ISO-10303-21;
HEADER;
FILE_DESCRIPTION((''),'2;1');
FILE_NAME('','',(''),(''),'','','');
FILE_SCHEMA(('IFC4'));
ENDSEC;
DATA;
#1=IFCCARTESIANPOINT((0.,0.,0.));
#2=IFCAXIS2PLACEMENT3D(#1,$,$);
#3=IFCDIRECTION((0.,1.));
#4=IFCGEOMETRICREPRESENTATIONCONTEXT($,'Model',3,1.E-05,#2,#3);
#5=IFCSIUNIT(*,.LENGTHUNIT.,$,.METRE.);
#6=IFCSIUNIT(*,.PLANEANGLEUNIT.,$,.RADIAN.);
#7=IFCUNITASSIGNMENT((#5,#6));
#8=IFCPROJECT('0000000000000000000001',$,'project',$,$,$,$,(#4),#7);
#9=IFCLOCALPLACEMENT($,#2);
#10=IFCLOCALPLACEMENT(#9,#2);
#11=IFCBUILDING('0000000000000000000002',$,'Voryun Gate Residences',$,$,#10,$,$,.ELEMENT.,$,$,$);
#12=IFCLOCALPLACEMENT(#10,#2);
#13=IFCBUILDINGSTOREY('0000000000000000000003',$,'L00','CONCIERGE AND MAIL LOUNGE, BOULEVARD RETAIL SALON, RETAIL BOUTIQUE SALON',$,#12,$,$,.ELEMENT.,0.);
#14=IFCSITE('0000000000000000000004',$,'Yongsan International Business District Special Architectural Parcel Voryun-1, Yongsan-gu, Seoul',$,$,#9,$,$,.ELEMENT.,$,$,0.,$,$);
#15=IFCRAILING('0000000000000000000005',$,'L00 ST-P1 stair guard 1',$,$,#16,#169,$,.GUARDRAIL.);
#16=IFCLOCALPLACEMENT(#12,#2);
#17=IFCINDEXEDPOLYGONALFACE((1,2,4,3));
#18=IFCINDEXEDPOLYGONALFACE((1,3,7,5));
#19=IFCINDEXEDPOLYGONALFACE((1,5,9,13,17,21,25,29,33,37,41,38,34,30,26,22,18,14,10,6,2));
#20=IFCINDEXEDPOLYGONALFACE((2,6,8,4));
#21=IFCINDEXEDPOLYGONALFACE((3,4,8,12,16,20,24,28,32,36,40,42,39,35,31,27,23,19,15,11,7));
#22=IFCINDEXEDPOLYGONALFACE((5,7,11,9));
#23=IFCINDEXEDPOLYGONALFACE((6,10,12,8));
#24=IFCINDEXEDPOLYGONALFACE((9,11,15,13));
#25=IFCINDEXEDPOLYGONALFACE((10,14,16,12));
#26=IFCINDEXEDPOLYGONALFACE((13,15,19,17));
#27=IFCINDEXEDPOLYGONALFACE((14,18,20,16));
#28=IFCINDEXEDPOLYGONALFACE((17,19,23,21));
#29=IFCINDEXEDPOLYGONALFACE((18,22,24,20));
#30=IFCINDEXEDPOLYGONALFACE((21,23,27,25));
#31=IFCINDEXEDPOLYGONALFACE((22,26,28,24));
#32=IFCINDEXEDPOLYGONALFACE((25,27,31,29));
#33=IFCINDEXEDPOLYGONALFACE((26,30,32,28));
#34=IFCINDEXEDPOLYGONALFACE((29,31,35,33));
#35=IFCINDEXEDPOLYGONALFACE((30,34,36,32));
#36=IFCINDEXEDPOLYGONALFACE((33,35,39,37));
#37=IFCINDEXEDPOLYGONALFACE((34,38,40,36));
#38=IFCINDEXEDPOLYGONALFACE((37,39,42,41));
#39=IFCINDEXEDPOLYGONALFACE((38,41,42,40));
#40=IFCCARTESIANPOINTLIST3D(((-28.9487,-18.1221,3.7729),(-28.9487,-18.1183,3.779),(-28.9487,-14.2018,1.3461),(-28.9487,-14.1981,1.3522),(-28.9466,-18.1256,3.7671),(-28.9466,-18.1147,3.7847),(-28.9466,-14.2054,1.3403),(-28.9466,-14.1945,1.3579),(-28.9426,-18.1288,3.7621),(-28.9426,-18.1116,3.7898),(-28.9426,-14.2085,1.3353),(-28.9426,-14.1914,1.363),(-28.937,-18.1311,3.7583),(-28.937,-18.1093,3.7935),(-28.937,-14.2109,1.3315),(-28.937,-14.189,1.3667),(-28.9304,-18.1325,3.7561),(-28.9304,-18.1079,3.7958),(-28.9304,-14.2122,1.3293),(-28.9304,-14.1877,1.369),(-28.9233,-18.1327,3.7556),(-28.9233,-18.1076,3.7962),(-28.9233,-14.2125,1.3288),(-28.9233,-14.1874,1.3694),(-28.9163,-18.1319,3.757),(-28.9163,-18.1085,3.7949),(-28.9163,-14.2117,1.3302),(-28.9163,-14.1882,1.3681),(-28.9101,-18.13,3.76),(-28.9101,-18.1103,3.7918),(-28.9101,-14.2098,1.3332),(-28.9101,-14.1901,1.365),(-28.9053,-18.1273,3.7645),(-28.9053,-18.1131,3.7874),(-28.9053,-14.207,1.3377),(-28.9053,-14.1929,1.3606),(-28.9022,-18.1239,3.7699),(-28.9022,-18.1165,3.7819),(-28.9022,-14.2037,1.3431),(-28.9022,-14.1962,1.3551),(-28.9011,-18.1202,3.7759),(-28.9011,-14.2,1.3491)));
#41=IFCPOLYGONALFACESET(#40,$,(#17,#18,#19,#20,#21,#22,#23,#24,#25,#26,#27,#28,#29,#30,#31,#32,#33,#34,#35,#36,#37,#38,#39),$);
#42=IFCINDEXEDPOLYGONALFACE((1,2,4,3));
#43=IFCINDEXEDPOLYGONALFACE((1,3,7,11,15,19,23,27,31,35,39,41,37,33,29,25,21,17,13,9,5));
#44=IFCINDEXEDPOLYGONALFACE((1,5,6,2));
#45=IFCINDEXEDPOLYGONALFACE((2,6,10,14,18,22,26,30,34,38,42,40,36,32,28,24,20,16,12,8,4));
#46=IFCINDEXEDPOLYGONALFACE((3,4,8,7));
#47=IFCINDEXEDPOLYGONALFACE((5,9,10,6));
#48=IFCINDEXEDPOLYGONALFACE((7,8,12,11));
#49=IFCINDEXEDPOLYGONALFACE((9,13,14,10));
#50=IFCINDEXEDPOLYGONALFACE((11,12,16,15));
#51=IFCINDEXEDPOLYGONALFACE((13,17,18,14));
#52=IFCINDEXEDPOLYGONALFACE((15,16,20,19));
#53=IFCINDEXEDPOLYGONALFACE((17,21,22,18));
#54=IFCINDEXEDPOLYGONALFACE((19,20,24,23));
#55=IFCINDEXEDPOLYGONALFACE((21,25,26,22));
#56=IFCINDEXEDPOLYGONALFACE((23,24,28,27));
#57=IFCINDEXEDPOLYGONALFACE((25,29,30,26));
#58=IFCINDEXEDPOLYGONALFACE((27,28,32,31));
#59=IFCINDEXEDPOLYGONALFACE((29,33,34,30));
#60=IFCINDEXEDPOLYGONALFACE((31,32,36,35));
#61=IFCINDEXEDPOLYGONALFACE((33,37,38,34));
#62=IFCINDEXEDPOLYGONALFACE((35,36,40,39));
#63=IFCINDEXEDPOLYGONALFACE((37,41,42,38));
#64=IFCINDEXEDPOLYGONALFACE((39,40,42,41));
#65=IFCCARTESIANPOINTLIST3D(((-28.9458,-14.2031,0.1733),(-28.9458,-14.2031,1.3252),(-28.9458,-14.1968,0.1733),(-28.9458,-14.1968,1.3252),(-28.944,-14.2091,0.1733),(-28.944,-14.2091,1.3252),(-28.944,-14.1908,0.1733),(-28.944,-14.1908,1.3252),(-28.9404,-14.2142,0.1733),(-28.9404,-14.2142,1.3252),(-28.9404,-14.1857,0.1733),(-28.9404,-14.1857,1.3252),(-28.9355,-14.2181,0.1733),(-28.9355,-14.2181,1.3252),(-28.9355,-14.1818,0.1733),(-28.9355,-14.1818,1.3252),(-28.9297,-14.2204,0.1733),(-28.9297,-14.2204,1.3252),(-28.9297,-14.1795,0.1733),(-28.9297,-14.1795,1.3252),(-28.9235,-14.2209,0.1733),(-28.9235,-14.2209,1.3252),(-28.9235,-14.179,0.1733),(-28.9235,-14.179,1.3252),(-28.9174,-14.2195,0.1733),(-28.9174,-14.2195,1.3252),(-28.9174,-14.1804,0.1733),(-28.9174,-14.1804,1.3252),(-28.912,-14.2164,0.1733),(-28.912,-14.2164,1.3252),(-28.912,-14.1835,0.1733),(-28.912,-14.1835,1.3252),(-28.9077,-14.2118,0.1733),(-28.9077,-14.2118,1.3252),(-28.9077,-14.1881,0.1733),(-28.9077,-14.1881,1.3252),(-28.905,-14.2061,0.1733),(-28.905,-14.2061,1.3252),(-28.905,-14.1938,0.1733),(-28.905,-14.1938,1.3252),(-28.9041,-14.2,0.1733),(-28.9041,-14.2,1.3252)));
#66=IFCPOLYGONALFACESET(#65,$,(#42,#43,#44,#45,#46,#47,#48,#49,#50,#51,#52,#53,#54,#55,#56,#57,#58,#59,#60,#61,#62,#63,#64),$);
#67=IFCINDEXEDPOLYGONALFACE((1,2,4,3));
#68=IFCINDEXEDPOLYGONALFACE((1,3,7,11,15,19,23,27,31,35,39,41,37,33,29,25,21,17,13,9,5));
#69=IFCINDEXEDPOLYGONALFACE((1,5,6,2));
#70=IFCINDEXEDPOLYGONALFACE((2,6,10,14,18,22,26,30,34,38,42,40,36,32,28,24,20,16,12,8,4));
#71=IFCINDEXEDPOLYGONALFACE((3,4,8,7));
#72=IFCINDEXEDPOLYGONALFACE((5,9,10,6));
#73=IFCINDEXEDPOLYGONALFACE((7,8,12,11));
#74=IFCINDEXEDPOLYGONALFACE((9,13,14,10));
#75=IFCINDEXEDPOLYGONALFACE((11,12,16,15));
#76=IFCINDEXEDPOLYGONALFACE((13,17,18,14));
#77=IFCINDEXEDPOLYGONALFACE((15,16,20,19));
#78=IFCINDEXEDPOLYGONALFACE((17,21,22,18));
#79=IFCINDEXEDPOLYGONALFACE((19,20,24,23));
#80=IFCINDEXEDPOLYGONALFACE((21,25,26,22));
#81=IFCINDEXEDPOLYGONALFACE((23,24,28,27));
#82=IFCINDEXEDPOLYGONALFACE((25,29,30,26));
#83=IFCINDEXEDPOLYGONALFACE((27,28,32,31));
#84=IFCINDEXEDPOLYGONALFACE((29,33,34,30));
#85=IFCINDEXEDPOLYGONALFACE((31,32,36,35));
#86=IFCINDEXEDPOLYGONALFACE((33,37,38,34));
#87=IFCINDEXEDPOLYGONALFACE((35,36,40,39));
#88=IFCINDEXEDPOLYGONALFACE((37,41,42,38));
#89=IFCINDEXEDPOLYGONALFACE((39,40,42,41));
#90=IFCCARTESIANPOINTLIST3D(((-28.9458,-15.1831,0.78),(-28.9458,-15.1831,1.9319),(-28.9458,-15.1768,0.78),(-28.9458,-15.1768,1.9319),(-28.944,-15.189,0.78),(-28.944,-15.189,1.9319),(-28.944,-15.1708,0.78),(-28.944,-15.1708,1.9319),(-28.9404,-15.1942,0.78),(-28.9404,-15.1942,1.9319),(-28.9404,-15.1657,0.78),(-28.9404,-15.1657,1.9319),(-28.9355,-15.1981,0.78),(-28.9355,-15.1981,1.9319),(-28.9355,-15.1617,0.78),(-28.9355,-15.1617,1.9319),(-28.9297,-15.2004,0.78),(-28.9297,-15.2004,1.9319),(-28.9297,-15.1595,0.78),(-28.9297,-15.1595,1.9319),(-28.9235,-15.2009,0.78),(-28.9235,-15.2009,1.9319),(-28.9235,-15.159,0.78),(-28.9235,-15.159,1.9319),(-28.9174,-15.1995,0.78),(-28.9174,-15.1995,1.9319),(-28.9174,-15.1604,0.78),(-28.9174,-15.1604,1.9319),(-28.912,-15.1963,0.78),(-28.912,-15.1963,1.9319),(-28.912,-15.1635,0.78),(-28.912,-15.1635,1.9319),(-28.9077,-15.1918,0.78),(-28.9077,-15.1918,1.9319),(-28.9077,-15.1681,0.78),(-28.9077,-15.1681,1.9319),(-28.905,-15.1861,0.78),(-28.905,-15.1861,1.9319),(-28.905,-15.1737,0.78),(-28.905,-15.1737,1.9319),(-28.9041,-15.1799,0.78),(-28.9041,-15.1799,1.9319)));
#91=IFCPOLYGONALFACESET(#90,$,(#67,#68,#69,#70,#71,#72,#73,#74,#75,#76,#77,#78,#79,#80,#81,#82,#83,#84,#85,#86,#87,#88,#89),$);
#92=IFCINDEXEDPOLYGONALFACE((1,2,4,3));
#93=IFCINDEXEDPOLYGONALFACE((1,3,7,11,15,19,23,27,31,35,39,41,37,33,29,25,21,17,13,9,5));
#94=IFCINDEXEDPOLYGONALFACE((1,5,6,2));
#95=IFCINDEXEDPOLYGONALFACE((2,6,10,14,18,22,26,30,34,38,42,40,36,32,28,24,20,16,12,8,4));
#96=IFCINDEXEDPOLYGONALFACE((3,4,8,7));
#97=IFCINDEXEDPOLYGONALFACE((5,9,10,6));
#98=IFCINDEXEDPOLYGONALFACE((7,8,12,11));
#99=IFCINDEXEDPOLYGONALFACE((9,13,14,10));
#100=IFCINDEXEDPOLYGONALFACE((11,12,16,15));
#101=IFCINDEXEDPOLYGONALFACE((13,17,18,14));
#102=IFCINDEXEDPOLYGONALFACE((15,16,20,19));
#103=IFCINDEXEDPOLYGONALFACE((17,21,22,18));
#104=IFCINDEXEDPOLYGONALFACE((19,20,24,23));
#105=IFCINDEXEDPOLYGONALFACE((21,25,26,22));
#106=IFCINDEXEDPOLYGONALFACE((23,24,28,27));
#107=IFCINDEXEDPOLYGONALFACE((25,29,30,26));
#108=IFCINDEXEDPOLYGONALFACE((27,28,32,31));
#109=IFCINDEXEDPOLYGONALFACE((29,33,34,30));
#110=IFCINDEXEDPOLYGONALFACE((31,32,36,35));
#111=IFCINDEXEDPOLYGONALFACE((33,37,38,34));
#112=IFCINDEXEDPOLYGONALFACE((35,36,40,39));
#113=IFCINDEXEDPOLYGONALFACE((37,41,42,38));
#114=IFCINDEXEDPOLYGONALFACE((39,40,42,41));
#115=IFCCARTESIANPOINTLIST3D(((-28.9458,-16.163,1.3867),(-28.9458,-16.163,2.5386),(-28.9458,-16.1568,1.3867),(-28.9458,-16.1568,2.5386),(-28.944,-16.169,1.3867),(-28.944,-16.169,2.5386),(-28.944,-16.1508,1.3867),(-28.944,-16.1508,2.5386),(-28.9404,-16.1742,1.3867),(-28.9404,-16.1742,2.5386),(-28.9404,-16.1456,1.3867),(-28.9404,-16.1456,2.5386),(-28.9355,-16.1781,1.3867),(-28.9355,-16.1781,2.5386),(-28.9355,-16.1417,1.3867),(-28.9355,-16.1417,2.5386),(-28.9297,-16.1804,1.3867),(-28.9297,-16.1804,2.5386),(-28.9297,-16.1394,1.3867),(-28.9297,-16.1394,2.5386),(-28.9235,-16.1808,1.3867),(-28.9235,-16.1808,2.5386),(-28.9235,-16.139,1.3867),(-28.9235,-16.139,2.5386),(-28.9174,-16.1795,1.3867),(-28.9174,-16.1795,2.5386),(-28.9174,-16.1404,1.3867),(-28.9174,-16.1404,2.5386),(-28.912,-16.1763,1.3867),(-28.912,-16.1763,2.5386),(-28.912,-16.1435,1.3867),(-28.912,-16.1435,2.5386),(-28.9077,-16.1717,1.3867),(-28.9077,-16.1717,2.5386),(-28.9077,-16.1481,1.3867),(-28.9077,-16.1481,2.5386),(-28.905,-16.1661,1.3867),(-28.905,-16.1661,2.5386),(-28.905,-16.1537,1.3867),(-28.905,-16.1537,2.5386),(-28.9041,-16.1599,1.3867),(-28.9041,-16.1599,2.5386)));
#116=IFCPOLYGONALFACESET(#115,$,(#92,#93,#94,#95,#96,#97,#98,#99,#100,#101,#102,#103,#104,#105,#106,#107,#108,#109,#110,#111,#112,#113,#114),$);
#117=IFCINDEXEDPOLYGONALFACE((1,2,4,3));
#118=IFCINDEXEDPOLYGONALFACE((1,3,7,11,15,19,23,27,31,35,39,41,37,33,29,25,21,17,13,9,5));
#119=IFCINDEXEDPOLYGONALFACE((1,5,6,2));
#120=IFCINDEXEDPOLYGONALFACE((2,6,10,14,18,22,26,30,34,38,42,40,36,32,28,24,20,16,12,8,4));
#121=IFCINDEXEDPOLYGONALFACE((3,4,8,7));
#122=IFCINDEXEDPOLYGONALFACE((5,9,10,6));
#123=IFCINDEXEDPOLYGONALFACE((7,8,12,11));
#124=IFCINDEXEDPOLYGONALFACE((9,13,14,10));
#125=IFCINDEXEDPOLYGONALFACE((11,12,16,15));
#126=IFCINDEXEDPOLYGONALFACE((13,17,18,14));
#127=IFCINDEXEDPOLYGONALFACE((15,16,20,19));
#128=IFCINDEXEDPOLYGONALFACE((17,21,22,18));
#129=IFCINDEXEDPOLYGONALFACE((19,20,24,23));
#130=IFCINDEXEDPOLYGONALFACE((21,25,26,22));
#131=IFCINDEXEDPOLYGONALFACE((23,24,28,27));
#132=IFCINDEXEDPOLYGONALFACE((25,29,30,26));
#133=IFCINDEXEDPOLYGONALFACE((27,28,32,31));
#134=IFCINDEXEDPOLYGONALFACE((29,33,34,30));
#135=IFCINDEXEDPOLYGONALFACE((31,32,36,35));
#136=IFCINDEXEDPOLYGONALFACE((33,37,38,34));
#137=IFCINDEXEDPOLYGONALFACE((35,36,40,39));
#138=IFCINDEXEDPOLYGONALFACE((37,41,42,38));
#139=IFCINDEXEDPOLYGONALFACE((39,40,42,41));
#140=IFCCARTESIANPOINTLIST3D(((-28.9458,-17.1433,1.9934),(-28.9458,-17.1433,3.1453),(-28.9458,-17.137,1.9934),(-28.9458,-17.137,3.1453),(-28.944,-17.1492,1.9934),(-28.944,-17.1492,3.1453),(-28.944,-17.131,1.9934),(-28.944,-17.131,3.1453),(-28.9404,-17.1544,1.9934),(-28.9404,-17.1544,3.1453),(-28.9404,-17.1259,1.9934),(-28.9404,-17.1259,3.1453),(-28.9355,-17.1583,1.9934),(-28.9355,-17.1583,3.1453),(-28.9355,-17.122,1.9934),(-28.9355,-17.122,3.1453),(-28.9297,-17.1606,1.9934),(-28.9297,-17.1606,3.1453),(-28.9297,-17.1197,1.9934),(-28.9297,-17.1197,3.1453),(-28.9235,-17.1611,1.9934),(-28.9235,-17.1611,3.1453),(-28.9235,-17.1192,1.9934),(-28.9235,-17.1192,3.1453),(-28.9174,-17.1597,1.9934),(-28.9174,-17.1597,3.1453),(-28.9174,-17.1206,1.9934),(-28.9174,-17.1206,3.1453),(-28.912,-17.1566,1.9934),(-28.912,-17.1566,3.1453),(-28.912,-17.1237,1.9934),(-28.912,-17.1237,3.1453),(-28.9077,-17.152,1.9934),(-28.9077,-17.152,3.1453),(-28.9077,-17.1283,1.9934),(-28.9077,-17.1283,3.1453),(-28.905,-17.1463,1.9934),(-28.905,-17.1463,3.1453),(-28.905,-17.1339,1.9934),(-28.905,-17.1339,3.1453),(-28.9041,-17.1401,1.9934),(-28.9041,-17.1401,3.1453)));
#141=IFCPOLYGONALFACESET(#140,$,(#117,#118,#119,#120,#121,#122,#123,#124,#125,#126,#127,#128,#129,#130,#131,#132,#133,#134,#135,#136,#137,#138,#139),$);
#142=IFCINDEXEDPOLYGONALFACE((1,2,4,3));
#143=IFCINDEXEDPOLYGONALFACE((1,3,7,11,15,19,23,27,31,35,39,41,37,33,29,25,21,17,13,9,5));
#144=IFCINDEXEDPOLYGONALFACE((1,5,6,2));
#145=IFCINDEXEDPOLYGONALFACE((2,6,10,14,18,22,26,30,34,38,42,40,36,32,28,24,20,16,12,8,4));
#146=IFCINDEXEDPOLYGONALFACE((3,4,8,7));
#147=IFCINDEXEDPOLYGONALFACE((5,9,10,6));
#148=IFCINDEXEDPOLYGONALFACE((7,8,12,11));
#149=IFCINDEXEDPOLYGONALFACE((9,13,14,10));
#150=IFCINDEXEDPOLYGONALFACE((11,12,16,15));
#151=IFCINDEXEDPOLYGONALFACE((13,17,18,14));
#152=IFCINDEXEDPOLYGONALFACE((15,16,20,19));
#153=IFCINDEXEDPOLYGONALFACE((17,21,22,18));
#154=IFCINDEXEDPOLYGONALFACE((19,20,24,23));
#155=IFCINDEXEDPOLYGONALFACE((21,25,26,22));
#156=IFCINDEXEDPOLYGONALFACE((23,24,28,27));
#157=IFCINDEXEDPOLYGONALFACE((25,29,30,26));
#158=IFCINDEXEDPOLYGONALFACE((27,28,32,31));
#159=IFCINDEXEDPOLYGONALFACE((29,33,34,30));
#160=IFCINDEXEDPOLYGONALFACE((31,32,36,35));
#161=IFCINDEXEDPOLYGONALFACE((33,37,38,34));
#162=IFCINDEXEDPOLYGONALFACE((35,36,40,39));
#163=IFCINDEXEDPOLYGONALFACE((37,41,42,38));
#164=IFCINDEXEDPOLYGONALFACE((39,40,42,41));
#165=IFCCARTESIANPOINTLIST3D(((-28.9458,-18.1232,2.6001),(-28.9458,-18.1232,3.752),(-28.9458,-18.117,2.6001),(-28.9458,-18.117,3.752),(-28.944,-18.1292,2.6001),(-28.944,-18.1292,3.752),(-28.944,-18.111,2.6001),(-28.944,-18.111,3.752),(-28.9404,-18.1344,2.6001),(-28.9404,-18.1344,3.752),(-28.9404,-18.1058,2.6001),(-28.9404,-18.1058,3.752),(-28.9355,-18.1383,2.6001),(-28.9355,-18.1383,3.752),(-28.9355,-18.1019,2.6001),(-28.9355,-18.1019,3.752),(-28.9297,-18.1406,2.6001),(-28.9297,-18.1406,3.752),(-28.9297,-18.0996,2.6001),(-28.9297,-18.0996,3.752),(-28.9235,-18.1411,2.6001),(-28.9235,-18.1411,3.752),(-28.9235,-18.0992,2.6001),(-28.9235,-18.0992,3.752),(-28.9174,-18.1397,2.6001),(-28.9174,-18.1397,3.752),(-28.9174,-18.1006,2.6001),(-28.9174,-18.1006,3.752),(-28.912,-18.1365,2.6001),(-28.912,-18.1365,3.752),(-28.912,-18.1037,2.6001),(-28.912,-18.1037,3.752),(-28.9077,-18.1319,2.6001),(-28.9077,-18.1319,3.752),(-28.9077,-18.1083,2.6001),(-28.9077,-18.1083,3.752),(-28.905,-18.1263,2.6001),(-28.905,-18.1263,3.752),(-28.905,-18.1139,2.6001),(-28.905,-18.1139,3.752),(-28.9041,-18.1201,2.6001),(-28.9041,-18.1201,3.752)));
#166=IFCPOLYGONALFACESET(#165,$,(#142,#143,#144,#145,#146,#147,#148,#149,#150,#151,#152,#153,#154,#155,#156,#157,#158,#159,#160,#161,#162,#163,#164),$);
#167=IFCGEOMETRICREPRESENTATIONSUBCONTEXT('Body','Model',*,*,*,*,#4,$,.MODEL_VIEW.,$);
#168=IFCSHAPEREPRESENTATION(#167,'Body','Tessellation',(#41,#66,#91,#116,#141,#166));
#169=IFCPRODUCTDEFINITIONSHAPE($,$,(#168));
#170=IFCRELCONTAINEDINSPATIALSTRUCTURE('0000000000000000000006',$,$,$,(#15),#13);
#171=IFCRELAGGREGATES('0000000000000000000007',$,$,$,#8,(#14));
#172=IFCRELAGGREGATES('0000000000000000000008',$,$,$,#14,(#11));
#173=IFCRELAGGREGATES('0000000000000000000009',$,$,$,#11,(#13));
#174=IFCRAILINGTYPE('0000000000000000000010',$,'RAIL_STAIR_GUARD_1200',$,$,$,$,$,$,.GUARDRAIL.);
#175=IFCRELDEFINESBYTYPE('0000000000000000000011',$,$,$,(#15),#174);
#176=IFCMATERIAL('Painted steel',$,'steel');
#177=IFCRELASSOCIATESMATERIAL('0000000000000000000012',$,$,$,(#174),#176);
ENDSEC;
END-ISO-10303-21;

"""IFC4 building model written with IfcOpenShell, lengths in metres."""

from ifc_helpers import new_model, si_unit, direction, frame, origin, origin_2d, place, context, subcontext, project, spatial, circle, extrude, material, type_object, element, save


model = new_model("IFC4")

# Units and contexts
model_context = context("Model", 3, precision=1e-05, world=origin(), true_north=direction((0.0, 1.0)))
body_context = subcontext(model_context, "Body", "Model", "MODEL_VIEW")
ifc_project = project(units=[si_unit("LENGTHUNIT", "METRE"), si_unit("PLANEANGLEUNIT", "RADIAN")], contexts=[model_context])

# Site, building, storey
site_placement = place(None, origin())
site = spatial("IfcSite", under=ifc_project, at=site_placement, Name="Yongsan International Business District Special Architectural Parcel Voryun-1, Yongsan-gu, Seoul", CompositionType="ELEMENT", RefElevation=0.0)
building_placement = place(site_placement, origin())
building = spatial("IfcBuilding", under=site, at=building_placement, Name="Voryun Gate Residences", CompositionType="ELEMENT")
storey_placement = place(building_placement, origin())
storey = spatial("IfcBuildingStorey", under=building, at=storey_placement, Name="L00", Description="CONCIERGE AND MAIL LOUNGE, BOULEVARD RETAIL SALON, RETAIL BOUTIQUE SALON", CompositionType="ELEMENT", Elevation=0.0)

# Railing
ifc_material_1 = material(Name="Painted steel", Category="steel")
railing_type_1 = type_object("IfcRailingType", Name="RAIL_STAIR_GUARD_1200", PredefinedType="GUARDRAIL", material=ifc_material_1)
railing_1_placement = place(storey_placement, frame((-28.925, -14.2, 0.1733)))
element("IfcRailing", 1, at=railing_1_placement, inside=storey, type_object=railing_type_1, Name="L00 ST-P1 stair guard 1", PredefinedType="GUARDRAIL", context=body_context, shape_type="SweptSolid", body=[
    extrude(circle(Radius=0.0239, at=origin_2d()), frame((0.0, 0.0, 1.1758), z_axis=(0.0, -0.850266, 0.526353), x_axis=(1.0, 0.0, 0.0)), (0.0, 0.0, 1.0), 4.6106),
    extrude(circle(Radius=0.021, at=origin_2d()), origin(), (0.0, 0.0, 1.0), 1.1519),
    extrude(circle(Radius=0.021, at=origin_2d()), frame((0.0, -0.98, 0.6067)), (0.0, 0.0, 1.0), 1.1519),
    extrude(circle(Radius=0.021, at=origin_2d()), frame((0.0, -1.96, 1.2134)), (0.0, 0.0, 1.0), 1.1519),
    extrude(circle(Radius=0.021, at=origin_2d()), frame((0.0, -2.9402, 1.8201)), (0.0, 0.0, 1.0), 1.1519),
    extrude(circle(Radius=0.021, at=origin_2d()), frame((0.0, -3.9202, 2.4268)), (0.0, 0.0, 1.0), 1.1519),
])

save(model, "model.ifc")
